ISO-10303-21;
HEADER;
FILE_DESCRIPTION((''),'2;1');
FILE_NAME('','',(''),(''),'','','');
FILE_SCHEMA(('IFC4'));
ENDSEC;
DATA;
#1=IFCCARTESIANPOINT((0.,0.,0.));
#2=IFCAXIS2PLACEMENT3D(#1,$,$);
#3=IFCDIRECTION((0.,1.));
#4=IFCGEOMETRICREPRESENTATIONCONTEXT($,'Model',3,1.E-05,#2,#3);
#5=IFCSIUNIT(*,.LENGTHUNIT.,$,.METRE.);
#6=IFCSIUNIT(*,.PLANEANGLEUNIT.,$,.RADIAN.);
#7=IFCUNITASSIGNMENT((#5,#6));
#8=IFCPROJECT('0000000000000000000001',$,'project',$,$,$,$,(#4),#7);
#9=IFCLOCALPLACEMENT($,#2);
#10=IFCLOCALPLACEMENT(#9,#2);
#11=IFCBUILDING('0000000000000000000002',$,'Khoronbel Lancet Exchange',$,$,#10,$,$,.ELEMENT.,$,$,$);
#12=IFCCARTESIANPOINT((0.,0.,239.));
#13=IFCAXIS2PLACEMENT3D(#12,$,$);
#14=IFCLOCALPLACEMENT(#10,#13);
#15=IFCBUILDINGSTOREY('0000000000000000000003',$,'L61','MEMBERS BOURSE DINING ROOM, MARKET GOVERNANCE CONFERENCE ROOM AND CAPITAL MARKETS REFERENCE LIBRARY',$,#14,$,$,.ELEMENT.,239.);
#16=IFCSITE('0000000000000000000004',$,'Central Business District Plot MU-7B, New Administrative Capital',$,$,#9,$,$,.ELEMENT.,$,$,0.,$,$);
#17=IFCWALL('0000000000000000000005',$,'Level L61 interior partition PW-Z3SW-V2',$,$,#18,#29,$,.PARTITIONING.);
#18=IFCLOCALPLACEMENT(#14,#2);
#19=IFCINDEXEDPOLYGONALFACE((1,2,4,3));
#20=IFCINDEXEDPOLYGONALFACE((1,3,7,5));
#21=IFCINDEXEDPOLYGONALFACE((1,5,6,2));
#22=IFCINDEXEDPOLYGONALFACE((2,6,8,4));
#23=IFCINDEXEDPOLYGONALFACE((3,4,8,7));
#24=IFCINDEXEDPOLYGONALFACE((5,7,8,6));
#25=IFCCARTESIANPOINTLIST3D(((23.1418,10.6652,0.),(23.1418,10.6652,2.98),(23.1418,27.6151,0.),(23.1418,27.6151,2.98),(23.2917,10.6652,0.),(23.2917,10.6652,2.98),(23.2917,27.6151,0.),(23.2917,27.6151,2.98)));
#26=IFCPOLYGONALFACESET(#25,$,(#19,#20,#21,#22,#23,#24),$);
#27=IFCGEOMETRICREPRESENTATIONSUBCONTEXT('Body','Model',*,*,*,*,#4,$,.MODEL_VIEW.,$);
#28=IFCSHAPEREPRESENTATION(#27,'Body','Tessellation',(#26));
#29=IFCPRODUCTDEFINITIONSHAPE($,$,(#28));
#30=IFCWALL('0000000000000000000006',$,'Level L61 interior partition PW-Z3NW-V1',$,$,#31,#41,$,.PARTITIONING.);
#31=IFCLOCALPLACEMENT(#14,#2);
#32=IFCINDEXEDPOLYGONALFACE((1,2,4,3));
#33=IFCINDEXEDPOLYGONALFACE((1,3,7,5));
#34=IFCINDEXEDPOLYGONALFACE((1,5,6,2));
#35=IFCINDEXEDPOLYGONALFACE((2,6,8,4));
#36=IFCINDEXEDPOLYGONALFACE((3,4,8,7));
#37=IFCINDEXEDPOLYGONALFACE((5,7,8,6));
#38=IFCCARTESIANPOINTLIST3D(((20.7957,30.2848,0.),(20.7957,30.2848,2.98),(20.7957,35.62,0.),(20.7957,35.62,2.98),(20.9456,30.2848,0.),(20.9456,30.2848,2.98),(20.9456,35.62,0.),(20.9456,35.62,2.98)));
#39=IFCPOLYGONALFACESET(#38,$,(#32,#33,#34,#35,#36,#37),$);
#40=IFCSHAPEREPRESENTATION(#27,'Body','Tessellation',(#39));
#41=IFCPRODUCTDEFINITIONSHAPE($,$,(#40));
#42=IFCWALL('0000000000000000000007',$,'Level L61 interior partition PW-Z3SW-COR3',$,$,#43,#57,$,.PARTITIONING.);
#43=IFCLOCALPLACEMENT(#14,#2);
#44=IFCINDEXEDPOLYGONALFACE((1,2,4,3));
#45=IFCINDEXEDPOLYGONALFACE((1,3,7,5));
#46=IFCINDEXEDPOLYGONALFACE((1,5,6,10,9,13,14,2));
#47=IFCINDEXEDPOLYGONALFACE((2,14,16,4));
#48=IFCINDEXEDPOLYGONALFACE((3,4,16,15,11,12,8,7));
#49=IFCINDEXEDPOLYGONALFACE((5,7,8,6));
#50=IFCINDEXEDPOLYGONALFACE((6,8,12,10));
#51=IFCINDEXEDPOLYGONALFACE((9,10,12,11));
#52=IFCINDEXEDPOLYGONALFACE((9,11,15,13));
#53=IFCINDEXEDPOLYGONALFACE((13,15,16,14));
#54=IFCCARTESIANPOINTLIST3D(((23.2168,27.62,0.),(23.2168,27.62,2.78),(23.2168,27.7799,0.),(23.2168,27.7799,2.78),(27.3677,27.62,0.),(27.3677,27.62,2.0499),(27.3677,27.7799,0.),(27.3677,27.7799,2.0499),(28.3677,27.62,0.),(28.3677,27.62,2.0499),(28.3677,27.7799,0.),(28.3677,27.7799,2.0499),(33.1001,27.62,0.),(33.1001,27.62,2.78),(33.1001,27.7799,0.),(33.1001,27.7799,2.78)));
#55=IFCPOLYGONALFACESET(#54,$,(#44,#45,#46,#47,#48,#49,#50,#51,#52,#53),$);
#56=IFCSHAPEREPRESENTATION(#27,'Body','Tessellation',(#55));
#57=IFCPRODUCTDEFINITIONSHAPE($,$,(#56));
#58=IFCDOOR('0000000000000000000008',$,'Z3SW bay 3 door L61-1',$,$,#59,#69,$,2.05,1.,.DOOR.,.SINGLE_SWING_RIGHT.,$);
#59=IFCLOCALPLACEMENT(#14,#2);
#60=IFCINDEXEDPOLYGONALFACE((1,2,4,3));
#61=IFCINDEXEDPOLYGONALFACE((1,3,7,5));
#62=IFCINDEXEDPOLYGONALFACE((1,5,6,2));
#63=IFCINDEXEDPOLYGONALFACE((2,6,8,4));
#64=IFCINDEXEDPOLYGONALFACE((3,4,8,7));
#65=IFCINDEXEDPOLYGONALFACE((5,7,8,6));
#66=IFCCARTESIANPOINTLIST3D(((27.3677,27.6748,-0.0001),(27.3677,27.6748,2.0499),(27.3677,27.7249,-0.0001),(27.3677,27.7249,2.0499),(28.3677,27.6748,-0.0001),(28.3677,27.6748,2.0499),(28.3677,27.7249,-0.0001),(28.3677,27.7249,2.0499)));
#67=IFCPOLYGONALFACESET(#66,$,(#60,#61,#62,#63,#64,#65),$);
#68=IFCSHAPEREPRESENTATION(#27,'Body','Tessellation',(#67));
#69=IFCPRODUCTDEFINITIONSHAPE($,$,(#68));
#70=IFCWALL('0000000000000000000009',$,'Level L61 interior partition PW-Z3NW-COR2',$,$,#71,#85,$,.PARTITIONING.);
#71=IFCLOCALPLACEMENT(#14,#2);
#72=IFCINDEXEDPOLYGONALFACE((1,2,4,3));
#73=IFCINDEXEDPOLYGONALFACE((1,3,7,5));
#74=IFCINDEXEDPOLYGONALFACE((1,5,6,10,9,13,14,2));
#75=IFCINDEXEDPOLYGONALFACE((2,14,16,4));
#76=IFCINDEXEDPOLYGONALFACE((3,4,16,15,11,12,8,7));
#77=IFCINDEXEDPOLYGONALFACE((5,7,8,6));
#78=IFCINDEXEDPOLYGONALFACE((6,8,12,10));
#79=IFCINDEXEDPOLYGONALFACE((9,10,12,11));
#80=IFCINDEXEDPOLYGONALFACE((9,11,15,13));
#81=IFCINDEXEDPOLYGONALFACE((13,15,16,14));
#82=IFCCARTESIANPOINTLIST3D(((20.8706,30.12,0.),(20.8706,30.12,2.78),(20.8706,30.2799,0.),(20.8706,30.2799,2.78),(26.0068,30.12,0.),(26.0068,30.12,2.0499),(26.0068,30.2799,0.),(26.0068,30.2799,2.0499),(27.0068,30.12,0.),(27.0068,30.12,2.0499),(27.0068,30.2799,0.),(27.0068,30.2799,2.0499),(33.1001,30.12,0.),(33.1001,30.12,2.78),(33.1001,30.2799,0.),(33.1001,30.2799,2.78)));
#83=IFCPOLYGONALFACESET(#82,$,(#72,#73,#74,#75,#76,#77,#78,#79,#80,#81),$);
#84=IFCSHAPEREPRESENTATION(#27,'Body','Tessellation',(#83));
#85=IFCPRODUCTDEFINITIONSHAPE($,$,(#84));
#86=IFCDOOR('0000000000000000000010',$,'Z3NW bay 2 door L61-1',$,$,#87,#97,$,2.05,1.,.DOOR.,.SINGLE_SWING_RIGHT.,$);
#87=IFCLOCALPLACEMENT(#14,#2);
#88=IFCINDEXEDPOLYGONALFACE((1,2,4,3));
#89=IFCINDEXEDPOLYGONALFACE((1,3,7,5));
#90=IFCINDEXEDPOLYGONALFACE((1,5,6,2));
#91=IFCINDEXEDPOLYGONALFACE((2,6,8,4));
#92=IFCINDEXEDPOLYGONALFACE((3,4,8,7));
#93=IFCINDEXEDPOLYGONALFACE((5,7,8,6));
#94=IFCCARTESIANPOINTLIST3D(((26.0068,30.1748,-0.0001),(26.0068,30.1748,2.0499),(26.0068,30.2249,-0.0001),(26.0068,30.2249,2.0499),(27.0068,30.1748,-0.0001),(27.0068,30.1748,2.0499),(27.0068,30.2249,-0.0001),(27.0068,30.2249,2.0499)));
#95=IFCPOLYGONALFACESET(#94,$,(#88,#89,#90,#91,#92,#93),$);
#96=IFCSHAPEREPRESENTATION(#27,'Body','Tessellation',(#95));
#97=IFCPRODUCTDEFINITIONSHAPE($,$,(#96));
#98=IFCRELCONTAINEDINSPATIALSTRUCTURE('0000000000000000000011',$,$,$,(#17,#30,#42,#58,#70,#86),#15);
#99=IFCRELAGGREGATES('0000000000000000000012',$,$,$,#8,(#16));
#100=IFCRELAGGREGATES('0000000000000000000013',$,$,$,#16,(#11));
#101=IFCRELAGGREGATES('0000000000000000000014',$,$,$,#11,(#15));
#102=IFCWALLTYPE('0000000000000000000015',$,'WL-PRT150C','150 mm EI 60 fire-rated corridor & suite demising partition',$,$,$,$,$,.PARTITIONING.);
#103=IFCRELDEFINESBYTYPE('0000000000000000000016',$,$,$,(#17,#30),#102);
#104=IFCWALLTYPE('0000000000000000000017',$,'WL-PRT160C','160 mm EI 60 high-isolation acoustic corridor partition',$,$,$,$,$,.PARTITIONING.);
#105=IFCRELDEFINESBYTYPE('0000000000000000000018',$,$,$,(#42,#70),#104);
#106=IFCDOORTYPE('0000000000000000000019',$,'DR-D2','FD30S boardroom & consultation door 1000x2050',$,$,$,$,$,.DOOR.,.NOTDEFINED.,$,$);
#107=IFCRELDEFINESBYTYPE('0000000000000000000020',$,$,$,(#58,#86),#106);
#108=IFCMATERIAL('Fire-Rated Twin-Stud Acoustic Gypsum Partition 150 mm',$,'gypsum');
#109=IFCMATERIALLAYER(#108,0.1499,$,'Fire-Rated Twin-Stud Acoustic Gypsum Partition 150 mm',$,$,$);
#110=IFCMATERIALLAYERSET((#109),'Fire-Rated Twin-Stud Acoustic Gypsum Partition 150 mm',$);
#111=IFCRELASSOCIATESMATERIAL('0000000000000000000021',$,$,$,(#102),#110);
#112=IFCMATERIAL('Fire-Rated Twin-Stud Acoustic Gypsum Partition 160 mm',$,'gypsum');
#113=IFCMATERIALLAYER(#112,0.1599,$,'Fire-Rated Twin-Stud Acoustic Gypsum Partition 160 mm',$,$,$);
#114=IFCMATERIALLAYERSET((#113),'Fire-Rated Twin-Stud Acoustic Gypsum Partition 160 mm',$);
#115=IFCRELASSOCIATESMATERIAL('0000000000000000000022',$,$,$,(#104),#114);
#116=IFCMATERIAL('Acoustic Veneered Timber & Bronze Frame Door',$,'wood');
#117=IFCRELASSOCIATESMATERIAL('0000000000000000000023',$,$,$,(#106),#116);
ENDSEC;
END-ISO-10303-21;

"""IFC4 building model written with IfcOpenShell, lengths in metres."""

from ifc_helpers import new_model, si_unit, direction, frame, frame_2d, origin, place, context, subcontext, project, spatial, rectangle, extrude, material, layer, layer_set, type_object, element, fill, save


model = new_model("IFC4")

# Units and contexts
model_context = context("Model", 3, precision=1e-05, world=origin(), true_north=direction((0.0, 1.0)))
body_context = subcontext(model_context, "Body", "Model", "MODEL_VIEW")
ifc_project = project(units=[si_unit("LENGTHUNIT", "METRE"), si_unit("PLANEANGLEUNIT", "RADIAN")], contexts=[model_context])

# Site, building, storey
site_placement = place(None, origin())
site = spatial("IfcSite", under=ifc_project, at=site_placement, Name="Central Business District Plot MU-7B, New Administrative Capital", CompositionType="ELEMENT", RefElevation=0.0)
building_placement = place(site_placement, origin())
building = spatial("IfcBuilding", under=site, at=building_placement, Name="Khoronbel Lancet Exchange", CompositionType="ELEMENT")
storey_placement = place(building_placement, frame((0.0, 0.0, 239.0)))
storey = spatial("IfcBuildingStorey", under=building, at=storey_placement, Name="L61", Description="MEMBERS BOURSE DINING ROOM, MARKET GOVERNANCE CONFERENCE ROOM AND CAPITAL MARKETS REFERENCE LIBRARY", CompositionType="ELEMENT", Elevation=239.0)

# Walls
ifc_material_1 = material(Name="Fire-Rated Twin-Stud Acoustic Gypsum Partition 150 mm", Category="gypsum")
ifc_layer_1 = layer(ifc_material_1, 0.1499, Name="Fire-Rated Twin-Stud Acoustic Gypsum Partition 150 mm")
ifc_layer_set_1 = layer_set([ifc_layer_1], Name="Fire-Rated Twin-Stud Acoustic Gypsum Partition 150 mm")
wall_type_1 = type_object("IfcWallType", Name="WL-PRT150C", Description="150 mm EI 60 fire-rated corridor & suite demising partition", PredefinedType="PARTITIONING", material=ifc_layer_set_1)
wall_1_placement = place(storey_placement, frame((23.2168, 10.665, 0.0), z_axis=(0.0, 0.0, 1.0), x_axis=(0.0, 1.0, 0.0)))
element("IfcWall", 1, at=wall_1_placement, inside=storey, type_object=wall_type_1, Name="Level L61 interior partition PW-Z3SW-V2", PredefinedType="PARTITIONING", context=body_context, shape_type="SweptSolid", body=[
    extrude(rectangle(XDim=16.95, YDim=0.1499, at=frame_2d((8.4751, 0.0))), origin(), (0.0, 0.0, 1.0), 2.98),
])
wall_2_placement = place(storey_placement, frame((20.8706, 30.2849, 0.0), z_axis=(0.0, 0.0, 1.0), x_axis=(0.0, 1.0, 0.0)))
element("IfcWall", 2, at=wall_2_placement, inside=storey, type_object=wall_type_1, Name="Level L61 interior partition PW-Z3NW-V1", PredefinedType="PARTITIONING", context=body_context, shape_type="SweptSolid", body=[
    extrude(rectangle(XDim=5.3352, YDim=0.1499, at=frame_2d((2.6675, 0.0))), origin(), (0.0, 0.0, 1.0), 2.98),
])

# Walls, openings, doors
ifc_material_2 = material(Name="Fire-Rated Twin-Stud Acoustic Gypsum Partition 160 mm", Category="gypsum")
ifc_layer_2 = layer(ifc_material_2, 0.1599, Name="Fire-Rated Twin-Stud Acoustic Gypsum Partition 160 mm")
ifc_layer_set_2 = layer_set([ifc_layer_2], Name="Fire-Rated Twin-Stud Acoustic Gypsum Partition 160 mm")
wall_type_2 = type_object("IfcWallType", Name="WL-PRT160C", Description="160 mm EI 60 high-isolation acoustic corridor partition", PredefinedType="PARTITIONING", material=ifc_layer_set_2)
wall_3_placement = place(storey_placement, frame((23.2168, 27.7, 0.0), z_axis=(0.0, 0.0, 1.0), x_axis=(1.0, 0.0, 0.0)))
wall_3 = element("IfcWall", 3, at=wall_3_placement, inside=storey, type_object=wall_type_2, Name="Level L61 interior partition PW-Z3SW-COR3", PredefinedType="PARTITIONING", context=body_context, shape_type="SweptSolid", body=[
    extrude(rectangle(XDim=9.8833, YDim=0.1599, at=frame_2d((4.9417, 0.0))), origin(), (0.0, 0.0, 1.0), 2.78),
])
opening_1_placement = place(wall_3_placement, frame((4.1509, 0.0, 0.0)))
opening_1 = element("IfcOpeningElement", 4, at=opening_1_placement, cuts=wall_3, PredefinedType="OPENING", context=body_context, shape_type="SweptSolid", body=[
    extrude(rectangle(XDim=1.0, YDim=2.05, at=frame_2d((0.5, 1.0249))), frame((0.0, 0.0898, 0.0), z_axis=(0.0, -1.0, 0.0), x_axis=(1.0, 0.0, 0.0)), (0.0, 0.0, 1.0), 0.1799),
])
ifc_material_3 = material(Name="Acoustic Veneered Timber & Bronze Frame Door", Category="wood")
door_type_1 = type_object("IfcDoorType", Name="DR-D2", Description="FD30S boardroom & consultation door 1000x2050", OperationType="NOTDEFINED", PredefinedType="DOOR", material=ifc_material_3)
door_1_placement = place(opening_1_placement, origin())
door_1 = element("IfcDoor", 5, at=door_1_placement, inside=storey, type_object=door_type_1, Name="Z3SW bay 3 door L61-1", OperationType="SINGLE_SWING_RIGHT", OverallHeight=2.05, OverallWidth=1.0, PredefinedType="DOOR", context=body_context, shape_type="SweptSolid", body=[
    extrude(rectangle(XDim=1.0, YDim=2.05, at=frame_2d((0.5, 1.0249))), frame((0.0, 0.0249, 0.0), z_axis=(0.0, -1.0, 0.0), x_axis=(1.0, 0.0, 0.0)), (0.0, 0.0, 1.0), 0.05),
])
fill(opening_1, door_1)
wall_4_placement = place(storey_placement, frame((20.8706, 30.2, 0.0), z_axis=(0.0, 0.0, 1.0), x_axis=(1.0, 0.0, 0.0)))
wall_4 = element("IfcWall", 6, at=wall_4_placement, inside=storey, type_object=wall_type_2, Name="Level L61 interior partition PW-Z3NW-COR2", PredefinedType="PARTITIONING", context=body_context, shape_type="SweptSolid", body=[
    extrude(rectangle(XDim=12.2295, YDim=0.1599, at=frame_2d((6.1147, 0.0))), origin(), (0.0, 0.0, 1.0), 2.78),
])
opening_2_placement = place(wall_4_placement, frame((5.1362, 0.0, 0.0)))
opening_2 = element("IfcOpeningElement", 7, at=opening_2_placement, cuts=wall_4, PredefinedType="OPENING", context=body_context, shape_type="SweptSolid", body=[
    extrude(rectangle(XDim=1.0, YDim=2.05, at=frame_2d((0.5, 1.0249))), frame((0.0, 0.0898, 0.0), z_axis=(0.0, -1.0, 0.0), x_axis=(1.0, 0.0, 0.0)), (0.0, 0.0, 1.0), 0.1799),
])
door_2_placement = place(opening_2_placement, origin())
door_2 = element("IfcDoor", 8, at=door_2_placement, inside=storey, type_object=door_type_1, Name="Z3NW bay 2 door L61-1", OperationType="SINGLE_SWING_RIGHT", OverallHeight=2.05, OverallWidth=1.0, PredefinedType="DOOR", context=body_context, shape_type="SweptSolid", body=[
    extrude(rectangle(XDim=1.0, YDim=2.05, at=frame_2d((0.5, 1.0249))), frame((0.0, 0.0249, 0.0), z_axis=(0.0, -1.0, 0.0), x_axis=(1.0, 0.0, 0.0)), (0.0, 0.0, 1.0), 0.05),
])
fill(opening_2, door_2)

save(model, "model.ifc")
